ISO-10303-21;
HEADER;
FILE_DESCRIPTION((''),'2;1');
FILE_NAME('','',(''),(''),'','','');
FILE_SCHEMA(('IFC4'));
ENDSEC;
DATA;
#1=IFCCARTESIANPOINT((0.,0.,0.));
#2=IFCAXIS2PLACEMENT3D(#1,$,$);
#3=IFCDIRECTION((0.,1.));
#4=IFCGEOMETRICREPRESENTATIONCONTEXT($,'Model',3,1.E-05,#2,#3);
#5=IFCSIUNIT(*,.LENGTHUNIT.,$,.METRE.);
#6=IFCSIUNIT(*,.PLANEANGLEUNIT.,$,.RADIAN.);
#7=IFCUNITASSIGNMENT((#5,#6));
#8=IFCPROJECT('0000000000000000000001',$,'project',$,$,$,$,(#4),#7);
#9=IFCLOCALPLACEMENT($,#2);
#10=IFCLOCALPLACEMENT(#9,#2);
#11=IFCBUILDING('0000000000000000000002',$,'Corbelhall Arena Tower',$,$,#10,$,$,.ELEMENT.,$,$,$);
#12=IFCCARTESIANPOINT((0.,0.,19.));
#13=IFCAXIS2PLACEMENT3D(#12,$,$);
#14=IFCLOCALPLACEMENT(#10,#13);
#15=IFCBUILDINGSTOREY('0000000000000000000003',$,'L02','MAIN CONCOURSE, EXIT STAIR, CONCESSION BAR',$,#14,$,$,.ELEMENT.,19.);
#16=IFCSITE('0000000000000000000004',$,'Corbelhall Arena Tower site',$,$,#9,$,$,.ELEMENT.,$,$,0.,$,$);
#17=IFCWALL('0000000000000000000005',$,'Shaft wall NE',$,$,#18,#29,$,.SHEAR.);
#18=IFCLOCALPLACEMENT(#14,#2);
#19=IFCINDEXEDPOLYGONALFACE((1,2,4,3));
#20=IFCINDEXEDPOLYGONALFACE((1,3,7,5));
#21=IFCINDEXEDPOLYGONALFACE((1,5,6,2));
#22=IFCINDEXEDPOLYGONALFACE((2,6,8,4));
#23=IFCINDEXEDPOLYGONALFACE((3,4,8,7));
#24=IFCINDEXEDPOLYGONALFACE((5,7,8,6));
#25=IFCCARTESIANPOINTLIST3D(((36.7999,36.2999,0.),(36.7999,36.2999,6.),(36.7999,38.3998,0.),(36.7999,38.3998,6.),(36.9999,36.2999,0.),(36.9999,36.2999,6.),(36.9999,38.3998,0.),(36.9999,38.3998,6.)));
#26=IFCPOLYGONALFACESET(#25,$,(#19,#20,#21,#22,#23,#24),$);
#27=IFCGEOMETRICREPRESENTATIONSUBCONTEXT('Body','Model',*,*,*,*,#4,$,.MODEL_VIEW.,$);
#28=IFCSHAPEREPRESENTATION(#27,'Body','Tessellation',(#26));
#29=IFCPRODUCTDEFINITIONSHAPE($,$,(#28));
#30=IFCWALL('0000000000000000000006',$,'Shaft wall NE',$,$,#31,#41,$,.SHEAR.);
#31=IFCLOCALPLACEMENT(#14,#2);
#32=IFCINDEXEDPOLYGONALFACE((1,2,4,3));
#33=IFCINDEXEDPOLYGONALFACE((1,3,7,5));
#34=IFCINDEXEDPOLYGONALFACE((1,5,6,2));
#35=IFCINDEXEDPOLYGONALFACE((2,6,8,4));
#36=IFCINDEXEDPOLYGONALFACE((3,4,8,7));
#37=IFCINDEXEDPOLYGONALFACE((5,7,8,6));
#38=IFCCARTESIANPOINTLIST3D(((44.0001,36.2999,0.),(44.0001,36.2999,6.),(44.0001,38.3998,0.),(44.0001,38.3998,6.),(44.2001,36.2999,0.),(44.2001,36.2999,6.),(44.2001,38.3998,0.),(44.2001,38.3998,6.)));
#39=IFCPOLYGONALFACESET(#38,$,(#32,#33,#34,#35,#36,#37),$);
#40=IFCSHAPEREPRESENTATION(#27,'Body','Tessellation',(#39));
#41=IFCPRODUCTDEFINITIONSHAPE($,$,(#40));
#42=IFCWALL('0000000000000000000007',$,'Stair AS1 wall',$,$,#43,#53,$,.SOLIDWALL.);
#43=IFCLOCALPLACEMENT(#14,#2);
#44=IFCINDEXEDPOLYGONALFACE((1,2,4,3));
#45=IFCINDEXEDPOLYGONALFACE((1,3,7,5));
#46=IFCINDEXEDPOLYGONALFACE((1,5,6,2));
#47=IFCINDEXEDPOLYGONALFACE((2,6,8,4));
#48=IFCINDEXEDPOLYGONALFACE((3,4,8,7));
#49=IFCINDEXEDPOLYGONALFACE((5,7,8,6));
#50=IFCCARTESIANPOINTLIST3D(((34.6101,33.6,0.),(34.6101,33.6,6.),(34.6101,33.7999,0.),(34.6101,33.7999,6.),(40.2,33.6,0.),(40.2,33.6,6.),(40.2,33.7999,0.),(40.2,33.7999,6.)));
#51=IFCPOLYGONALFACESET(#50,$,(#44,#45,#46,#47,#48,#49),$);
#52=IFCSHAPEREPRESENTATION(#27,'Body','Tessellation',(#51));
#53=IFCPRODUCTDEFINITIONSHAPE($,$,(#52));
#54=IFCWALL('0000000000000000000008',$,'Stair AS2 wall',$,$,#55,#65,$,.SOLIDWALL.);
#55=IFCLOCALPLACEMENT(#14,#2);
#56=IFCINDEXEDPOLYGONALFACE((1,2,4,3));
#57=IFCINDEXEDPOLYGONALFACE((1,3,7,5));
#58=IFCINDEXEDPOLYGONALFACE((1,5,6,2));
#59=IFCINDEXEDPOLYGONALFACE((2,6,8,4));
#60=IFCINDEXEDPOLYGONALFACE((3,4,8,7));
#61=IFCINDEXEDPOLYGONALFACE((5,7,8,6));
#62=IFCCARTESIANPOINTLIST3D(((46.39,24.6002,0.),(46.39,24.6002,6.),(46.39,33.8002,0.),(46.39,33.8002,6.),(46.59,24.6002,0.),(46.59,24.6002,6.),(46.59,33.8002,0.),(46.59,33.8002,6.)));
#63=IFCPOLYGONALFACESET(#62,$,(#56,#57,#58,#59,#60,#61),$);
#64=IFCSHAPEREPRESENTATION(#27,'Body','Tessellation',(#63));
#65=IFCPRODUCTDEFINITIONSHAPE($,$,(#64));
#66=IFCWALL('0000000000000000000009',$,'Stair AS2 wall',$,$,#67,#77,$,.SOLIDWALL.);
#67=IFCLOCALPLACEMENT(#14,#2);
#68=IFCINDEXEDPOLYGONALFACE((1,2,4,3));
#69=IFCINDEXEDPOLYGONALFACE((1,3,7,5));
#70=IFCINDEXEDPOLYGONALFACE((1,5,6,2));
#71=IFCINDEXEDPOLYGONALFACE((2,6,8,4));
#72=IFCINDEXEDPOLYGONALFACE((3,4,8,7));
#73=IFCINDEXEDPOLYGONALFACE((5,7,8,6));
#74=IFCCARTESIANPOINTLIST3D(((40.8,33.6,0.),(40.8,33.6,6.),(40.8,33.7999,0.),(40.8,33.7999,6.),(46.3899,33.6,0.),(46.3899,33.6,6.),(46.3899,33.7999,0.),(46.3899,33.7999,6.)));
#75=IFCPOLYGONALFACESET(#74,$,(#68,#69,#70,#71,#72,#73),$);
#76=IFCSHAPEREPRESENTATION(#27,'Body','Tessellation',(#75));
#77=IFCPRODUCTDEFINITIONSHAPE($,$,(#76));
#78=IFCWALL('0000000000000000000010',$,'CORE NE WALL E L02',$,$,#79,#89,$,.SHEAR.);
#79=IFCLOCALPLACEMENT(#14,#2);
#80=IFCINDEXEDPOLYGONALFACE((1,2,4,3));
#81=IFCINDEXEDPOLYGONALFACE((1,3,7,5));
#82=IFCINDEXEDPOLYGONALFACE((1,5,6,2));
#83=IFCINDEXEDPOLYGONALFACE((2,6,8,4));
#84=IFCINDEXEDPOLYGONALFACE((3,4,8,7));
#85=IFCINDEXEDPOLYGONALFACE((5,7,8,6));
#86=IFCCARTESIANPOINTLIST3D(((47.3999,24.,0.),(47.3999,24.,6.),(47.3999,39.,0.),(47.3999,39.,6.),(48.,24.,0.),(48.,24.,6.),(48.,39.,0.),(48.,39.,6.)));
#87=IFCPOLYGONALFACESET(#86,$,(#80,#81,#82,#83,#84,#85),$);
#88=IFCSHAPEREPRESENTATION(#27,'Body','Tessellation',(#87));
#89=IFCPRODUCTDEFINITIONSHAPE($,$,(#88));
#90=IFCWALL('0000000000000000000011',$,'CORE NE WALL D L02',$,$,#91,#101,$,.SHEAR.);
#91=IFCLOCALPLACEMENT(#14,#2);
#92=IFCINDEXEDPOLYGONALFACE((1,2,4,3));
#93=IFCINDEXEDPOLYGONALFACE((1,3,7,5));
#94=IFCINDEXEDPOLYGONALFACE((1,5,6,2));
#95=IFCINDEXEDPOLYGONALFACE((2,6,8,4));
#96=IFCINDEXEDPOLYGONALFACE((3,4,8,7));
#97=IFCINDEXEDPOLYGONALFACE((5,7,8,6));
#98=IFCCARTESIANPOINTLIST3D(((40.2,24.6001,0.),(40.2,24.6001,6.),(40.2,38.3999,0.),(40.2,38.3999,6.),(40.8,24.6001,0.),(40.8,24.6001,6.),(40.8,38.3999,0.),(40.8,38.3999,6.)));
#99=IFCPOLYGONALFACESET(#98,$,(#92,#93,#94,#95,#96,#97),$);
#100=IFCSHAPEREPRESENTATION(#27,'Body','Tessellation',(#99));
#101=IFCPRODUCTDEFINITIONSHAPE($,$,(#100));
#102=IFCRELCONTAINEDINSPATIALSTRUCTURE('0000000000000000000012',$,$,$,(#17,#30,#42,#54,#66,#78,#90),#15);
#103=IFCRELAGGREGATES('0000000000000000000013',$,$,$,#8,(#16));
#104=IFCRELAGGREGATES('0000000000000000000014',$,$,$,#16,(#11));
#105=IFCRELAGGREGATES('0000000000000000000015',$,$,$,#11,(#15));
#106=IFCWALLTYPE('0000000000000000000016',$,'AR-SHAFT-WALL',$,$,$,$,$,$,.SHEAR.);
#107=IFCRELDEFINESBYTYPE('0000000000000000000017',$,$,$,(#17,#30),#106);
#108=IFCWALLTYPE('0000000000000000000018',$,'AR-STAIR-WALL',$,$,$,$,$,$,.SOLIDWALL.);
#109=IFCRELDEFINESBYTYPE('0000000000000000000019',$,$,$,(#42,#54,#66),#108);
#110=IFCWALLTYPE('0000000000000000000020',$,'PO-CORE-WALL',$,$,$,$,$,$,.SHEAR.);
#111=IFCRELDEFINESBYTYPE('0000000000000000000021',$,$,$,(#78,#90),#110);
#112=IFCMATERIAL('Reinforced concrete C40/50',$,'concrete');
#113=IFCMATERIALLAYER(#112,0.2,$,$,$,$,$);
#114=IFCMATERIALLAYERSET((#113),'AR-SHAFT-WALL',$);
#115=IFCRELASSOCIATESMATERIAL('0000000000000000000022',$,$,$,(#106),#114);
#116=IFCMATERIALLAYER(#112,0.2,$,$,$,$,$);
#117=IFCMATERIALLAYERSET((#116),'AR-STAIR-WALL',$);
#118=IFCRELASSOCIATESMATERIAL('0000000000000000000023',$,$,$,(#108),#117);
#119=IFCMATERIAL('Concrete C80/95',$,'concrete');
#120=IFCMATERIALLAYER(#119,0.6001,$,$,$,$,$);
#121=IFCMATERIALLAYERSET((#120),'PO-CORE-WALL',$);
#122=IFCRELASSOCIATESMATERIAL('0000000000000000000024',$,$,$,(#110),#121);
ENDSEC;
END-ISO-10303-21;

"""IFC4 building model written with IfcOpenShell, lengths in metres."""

from ifc_helpers import new_model, si_unit, direction, frame, frame_2d, origin, place, context, subcontext, project, spatial, rectangle, extrude, material, layer, layer_set, type_object, element, save


model = new_model("IFC4")

# Units and contexts
model_context = context("Model", 3, precision=1e-05, world=origin(), true_north=direction((0.0, 1.0)))
body_context = subcontext(model_context, "Body", "Model", "MODEL_VIEW")
ifc_project = project(units=[si_unit("LENGTHUNIT", "METRE"), si_unit("PLANEANGLEUNIT", "RADIAN")], contexts=[model_context])

# Site, building, storey
site_placement = place(None, origin())
site = spatial("IfcSite", under=ifc_project, at=site_placement, Name="Corbelhall Arena Tower site", CompositionType="ELEMENT", RefElevation=0.0)
building_placement = place(site_placement, origin())
building = spatial("IfcBuilding", under=site, at=building_placement, Name="Corbelhall Arena Tower", CompositionType="ELEMENT")
storey_placement = place(building_placement, frame((0.0, 0.0, 19.0)))
storey = spatial("IfcBuildingStorey", under=building, at=storey_placement, Name="L02", Description="MAIN CONCOURSE, EXIT STAIR, CONCESSION BAR", CompositionType="ELEMENT", Elevation=19.0)

# Shared definitions
ifc_material_1 = material(Name="Reinforced concrete C40/50", Category="concrete")
ifc_layer_1 = layer(ifc_material_1, 0.2)
ifc_layer_set_1 = layer_set([ifc_layer_1], Name="AR-SHAFT-WALL")
wall_type_1 = type_object("IfcWallType", Name="AR-SHAFT-WALL", PredefinedType="SHEAR", material=ifc_layer_set_1)

# Walls
for number, where, z_axis, x_axis, name in (
    (1, (36.8999, 36.3, 0.0), (0.0, 0.0, 1.0), (0.0, 1.0, 0.0), "Shaft wall NE"),
    (2, (44.1001, 36.3, 0.0), (0.0, 0.0, 1.0), (0.0, 1.0, 0.0), "Shaft wall NE"),
):
    element("IfcWall", number, at=place(storey_placement, frame(where, z_axis=z_axis, x_axis=x_axis)), inside=storey, type_object=wall_type_1, Name=name, PredefinedType="SHEAR", context=body_context, shape_type="SweptSolid", body=[
        extrude(rectangle(XDim=2.0999, YDim=0.2, at=frame_2d((1.0498, 0.0))), origin(), (0.0, 0.0, 1.0), 6.0),
    ])
ifc_layer_2 = layer(ifc_material_1, 0.2)
ifc_layer_set_2 = layer_set([ifc_layer_2], Name="AR-STAIR-WALL")
wall_type_2 = type_object("IfcWallType", Name="AR-STAIR-WALL", PredefinedType="SOLIDWALL", material=ifc_layer_set_2)
wall_1_placement = place(storey_placement, frame((34.6101, 33.7, 0.0), z_axis=(0.0, 0.0, 1.0), x_axis=(1.0, 0.0, 0.0)))
element("IfcWall", 3, at=wall_1_placement, inside=storey, type_object=wall_type_2, Name="Stair AS1 wall", PredefinedType="SOLIDWALL", context=body_context, shape_type="SweptSolid", body=[
    extrude(rectangle(XDim=5.5898, YDim=0.2, at=frame_2d((2.7949, 0.0))), origin(), (0.0, 0.0, 1.0), 6.0),
])
wall_2_placement = place(storey_placement, frame((46.49, 24.6001, 0.0), z_axis=(0.0, 0.0, 1.0), x_axis=(0.0, 1.0, 0.0)))
element("IfcWall", 4, at=wall_2_placement, inside=storey, type_object=wall_type_2, Name="Stair AS2 wall", PredefinedType="SOLIDWALL", context=body_context, shape_type="SweptSolid", body=[
    extrude(rectangle(XDim=9.2, YDim=0.2, at=frame_2d((4.6001, 0.0))), origin(), (0.0, 0.0, 1.0), 6.0),
])
wall_3_placement = place(storey_placement, frame((40.8, 33.7, 0.0), z_axis=(0.0, 0.0, 1.0), x_axis=(1.0, 0.0, 0.0)))
element("IfcWall", 5, at=wall_3_placement, inside=storey, type_object=wall_type_2, Name="Stair AS2 wall", PredefinedType="SOLIDWALL", context=body_context, shape_type="SweptSolid", body=[
    extrude(rectangle(XDim=5.5898, YDim=0.2, at=frame_2d((2.7949, 0.0))), origin(), (0.0, 0.0, 1.0), 6.0),
])
ifc_material_2 = material(Name="Concrete C80/95", Category="concrete")
ifc_layer_3 = layer(ifc_material_2, 0.6001)
ifc_layer_set_3 = layer_set([ifc_layer_3], Name="PO-CORE-WALL")
wall_type_3 = type_object("IfcWallType", Name="PO-CORE-WALL", PredefinedType="SHEAR", material=ifc_layer_set_3)
wall_4_placement = place(storey_placement, frame((47.7, 24.0, 0.0), z_axis=(0.0, 0.0, 1.0), x_axis=(0.0, 1.0, 0.0)))
element("IfcWall", 6, at=wall_4_placement, inside=storey, type_object=wall_type_3, Name="CORE NE WALL E L02", PredefinedType="SHEAR", context=body_context, shape_type="SweptSolid", body=[
    extrude(rectangle(XDim=15.0, YDim=0.6001, at=frame_2d((7.5, 0.0))), origin(), (0.0, 0.0, 1.0), 6.0),
])
wall_5_placement = place(storey_placement, frame((40.5, 24.6001, 0.0), z_axis=(0.0, 0.0, 1.0), x_axis=(0.0, 1.0, 0.0)))
element("IfcWall", 7, at=wall_5_placement, inside=storey, type_object=wall_type_3, Name="CORE NE WALL D L02", PredefinedType="SHEAR", context=body_context, shape_type="SweptSolid", body=[
    extrude(rectangle(XDim=13.7998, YDim=0.6001, at=frame_2d((6.8999, 0.0))), origin(), (0.0, 0.0, 1.0), 6.0),
])

save(model, "model.ifc")
